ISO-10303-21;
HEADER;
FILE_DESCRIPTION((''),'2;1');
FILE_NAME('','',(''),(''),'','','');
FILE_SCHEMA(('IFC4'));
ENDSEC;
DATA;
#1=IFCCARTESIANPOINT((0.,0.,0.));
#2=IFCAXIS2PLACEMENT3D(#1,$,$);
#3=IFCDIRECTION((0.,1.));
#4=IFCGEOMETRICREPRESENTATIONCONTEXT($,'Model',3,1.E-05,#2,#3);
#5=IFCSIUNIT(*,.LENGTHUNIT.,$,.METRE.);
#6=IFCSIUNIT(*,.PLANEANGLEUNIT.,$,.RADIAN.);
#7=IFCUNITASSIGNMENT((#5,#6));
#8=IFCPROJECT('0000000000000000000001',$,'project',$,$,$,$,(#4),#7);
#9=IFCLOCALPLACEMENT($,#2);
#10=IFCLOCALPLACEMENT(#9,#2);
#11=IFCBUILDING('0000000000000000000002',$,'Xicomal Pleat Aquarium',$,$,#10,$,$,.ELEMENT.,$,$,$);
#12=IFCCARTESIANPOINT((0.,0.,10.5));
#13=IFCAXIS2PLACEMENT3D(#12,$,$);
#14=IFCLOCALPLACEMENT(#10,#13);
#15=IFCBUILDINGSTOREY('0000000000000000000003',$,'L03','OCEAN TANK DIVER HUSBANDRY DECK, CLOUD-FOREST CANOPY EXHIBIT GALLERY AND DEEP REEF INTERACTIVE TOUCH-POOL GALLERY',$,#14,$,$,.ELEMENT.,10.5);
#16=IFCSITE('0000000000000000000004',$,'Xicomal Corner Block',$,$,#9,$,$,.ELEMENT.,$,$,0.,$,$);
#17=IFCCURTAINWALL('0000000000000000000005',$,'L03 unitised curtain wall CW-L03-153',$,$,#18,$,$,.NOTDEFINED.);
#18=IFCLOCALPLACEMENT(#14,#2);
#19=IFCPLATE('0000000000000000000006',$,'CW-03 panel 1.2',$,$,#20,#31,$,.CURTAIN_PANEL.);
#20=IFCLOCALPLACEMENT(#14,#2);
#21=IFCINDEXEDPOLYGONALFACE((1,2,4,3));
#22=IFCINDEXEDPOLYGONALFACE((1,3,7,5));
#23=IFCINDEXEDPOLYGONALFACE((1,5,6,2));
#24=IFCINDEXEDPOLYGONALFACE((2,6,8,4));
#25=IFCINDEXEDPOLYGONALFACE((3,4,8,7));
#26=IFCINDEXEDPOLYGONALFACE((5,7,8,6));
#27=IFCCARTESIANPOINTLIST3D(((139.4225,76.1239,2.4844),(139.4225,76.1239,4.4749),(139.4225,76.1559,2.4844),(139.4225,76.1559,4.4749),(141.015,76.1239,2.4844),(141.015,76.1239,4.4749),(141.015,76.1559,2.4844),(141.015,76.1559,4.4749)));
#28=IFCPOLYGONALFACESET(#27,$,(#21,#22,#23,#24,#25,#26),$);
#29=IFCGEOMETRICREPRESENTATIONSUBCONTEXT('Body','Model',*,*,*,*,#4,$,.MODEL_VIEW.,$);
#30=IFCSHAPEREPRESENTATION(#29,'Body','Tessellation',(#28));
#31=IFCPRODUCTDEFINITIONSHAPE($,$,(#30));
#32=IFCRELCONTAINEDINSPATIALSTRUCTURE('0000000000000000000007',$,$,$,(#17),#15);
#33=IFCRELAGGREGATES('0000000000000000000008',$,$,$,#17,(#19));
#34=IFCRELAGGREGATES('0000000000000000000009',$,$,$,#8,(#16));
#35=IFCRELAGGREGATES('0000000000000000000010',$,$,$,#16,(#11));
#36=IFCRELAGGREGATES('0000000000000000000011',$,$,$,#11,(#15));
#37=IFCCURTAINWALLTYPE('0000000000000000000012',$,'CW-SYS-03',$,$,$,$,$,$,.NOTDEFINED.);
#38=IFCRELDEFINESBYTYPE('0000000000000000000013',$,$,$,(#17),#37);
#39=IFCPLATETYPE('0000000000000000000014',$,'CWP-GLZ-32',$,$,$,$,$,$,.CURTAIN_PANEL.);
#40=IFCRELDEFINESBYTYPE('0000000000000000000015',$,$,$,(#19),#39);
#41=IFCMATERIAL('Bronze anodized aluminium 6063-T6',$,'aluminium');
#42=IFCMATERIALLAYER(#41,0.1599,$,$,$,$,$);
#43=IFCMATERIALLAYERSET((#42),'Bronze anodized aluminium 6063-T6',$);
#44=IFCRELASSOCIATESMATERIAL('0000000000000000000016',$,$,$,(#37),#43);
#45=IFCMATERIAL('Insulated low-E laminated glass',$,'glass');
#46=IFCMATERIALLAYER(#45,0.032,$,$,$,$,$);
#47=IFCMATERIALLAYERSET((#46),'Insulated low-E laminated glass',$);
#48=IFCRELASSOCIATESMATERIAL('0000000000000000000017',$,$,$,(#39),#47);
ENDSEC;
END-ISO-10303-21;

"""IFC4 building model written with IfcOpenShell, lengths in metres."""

from ifc_helpers import new_model, si_unit, direction, frame, origin, origin_2d, place, context, subcontext, project, spatial, rectangle, extrude, material, layer, layer_set, type_object, element, aggregate, save


model = new_model("IFC4")

# Units and contexts
model_context = context("Model", 3, precision=1e-05, world=origin(), true_north=direction((0.0, 1.0)))
body_context = subcontext(model_context, "Body", "Model", "MODEL_VIEW")
ifc_project = project(units=[si_unit("LENGTHUNIT", "METRE"), si_unit("PLANEANGLEUNIT", "RADIAN")], contexts=[model_context])

# Site, building, storey
site_placement = place(None, origin())
site = spatial("IfcSite", under=ifc_project, at=site_placement, Name="Xicomal Corner Block", CompositionType="ELEMENT", RefElevation=0.0)
building_placement = place(site_placement, origin())
building = spatial("IfcBuilding", under=site, at=building_placement, Name="Xicomal Pleat Aquarium", CompositionType="ELEMENT")
storey_placement = place(building_placement, frame((0.0, 0.0, 10.5)))
storey = spatial("IfcBuildingStorey", under=building, at=storey_placement, Name="L03", Description="OCEAN TANK DIVER HUSBANDRY DECK, CLOUD-FOREST CANOPY EXHIBIT GALLERY AND DEEP REEF INTERACTIVE TOUCH-POOL GALLERY", CompositionType="ELEMENT", Elevation=10.5)

# Curtain wall
ifc_material_1 = material(Name="Bronze anodized aluminium 6063-T6", Category="aluminium")
ifc_layer_1 = layer(ifc_material_1, 0.1599)
ifc_layer_set_1 = layer_set([ifc_layer_1], Name="Bronze anodized aluminium 6063-T6")
curtain_wall_type = type_object("IfcCurtainWallType", Name="CW-SYS-03", PredefinedType="NOTDEFINED", material=ifc_layer_set_1)
curtain_wall_1_placement = place(storey_placement, origin())
curtain_wall_1 = element("IfcCurtainWall", 1, at=curtain_wall_1_placement, inside=storey, type_object=curtain_wall_type, Name="L03 unitised curtain wall CW-L03-153", PredefinedType="NOTDEFINED")

# Plate
ifc_material_2 = material(Name="Insulated low-E laminated glass", Category="glass")
ifc_layer_2 = layer(ifc_material_2, 0.032)
ifc_layer_set_2 = layer_set([ifc_layer_2], Name="Insulated low-E laminated glass")
plate_type_1 = type_object("IfcPlateType", Name="CWP-GLZ-32", PredefinedType="CURTAIN_PANEL", material=ifc_layer_set_2)
plate_1_placement = place(storey_placement, frame((140.2188, 76.1399, 2.4844), z_axis=(0.0, 0.0, 1.0), x_axis=(-1.0, 0.0, 0.0)))
plate_1 = element("IfcPlate", 2, at=plate_1_placement, type_object=plate_type_1, Name="CW-03 panel 1.2", PredefinedType="CURTAIN_PANEL", context=body_context, shape_type="SweptSolid", body=[
    extrude(rectangle(XDim=1.5925, YDim=0.032, at=origin_2d()), origin(), (0.0, 0.0, 1.0), 1.9905),
])
aggregate(curtain_wall_1, [plate_1])

save(model, "model.ifc")
